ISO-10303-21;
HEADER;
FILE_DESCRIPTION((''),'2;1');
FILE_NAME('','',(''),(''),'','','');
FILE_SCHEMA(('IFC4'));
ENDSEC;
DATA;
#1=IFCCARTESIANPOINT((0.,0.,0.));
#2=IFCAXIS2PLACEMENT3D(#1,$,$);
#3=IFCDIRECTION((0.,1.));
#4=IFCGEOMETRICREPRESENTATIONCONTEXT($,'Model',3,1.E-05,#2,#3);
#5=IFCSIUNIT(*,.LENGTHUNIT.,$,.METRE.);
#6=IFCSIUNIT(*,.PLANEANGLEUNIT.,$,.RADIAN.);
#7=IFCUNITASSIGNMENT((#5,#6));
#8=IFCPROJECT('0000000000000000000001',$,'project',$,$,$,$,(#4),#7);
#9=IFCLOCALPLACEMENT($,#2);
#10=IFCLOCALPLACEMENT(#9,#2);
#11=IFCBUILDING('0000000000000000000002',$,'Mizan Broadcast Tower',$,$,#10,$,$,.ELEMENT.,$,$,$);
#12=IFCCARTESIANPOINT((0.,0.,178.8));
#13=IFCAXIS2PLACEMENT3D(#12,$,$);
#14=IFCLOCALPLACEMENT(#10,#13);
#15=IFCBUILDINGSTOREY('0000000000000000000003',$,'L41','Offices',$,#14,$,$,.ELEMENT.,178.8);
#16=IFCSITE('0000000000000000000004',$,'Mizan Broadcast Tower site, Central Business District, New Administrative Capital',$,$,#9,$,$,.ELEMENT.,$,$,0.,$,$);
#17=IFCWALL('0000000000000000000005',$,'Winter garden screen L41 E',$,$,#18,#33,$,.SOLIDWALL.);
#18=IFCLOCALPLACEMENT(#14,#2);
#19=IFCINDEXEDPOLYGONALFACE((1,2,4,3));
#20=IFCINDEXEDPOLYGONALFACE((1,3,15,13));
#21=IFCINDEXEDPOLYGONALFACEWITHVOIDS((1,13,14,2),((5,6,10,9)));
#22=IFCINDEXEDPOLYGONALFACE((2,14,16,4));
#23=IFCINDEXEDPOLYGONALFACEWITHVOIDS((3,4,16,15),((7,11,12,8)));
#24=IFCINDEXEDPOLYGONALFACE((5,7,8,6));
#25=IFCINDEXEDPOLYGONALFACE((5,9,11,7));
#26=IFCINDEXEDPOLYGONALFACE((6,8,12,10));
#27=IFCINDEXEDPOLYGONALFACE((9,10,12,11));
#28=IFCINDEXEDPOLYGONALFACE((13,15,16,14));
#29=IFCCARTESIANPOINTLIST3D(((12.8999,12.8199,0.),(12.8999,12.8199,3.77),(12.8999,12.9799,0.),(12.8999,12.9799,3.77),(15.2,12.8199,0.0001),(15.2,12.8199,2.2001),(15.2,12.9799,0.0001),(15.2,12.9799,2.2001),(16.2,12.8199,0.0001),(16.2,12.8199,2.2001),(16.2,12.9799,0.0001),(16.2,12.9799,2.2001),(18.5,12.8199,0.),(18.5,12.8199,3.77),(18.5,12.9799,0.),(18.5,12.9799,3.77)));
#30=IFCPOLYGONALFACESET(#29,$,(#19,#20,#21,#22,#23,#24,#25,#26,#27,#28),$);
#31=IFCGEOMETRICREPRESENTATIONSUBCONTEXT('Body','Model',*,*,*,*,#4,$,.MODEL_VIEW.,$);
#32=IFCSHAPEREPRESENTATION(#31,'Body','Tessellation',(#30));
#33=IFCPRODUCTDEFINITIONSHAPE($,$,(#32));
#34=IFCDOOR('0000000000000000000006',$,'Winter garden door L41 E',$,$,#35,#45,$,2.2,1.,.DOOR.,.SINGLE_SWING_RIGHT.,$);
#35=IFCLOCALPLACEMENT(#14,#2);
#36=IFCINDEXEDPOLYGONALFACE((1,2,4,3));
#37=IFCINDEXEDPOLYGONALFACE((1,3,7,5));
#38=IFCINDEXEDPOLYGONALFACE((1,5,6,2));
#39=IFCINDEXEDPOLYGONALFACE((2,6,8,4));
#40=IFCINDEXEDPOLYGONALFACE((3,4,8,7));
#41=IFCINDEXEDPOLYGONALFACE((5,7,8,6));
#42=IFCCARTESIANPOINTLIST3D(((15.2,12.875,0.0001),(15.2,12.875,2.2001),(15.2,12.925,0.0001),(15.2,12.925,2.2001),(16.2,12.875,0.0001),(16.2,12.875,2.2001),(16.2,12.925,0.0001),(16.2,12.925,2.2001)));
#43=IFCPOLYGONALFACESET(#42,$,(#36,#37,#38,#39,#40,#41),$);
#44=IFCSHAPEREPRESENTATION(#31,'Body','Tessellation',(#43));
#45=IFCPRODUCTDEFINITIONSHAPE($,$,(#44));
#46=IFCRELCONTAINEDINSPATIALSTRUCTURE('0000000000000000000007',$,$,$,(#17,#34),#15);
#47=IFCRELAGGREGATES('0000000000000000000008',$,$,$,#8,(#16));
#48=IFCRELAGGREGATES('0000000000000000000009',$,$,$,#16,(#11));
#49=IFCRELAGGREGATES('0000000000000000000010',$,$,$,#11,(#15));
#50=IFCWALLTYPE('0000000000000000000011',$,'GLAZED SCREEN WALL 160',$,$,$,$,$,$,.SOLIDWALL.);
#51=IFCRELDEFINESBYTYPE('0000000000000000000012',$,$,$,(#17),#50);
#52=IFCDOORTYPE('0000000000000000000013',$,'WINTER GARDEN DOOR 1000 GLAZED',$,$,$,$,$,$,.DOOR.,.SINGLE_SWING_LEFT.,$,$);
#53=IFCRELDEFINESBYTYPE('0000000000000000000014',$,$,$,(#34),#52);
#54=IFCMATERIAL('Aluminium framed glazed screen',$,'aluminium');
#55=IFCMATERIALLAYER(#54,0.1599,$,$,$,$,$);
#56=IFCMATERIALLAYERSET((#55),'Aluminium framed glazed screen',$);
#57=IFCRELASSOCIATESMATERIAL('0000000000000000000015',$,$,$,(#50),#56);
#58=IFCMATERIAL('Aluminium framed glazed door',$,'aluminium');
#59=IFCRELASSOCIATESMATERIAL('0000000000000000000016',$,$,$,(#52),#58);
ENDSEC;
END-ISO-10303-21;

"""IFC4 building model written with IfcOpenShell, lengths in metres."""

from ifc_helpers import new_model, si_unit, direction, frame, frame_2d, origin, place, context, subcontext, project, spatial, rectangle, extrude, material, layer, layer_set, type_object, element, fill, save


model = new_model("IFC4")

# Units and contexts
model_context = context("Model", 3, precision=1e-05, world=origin(), true_north=direction((0.0, 1.0)))
body_context = subcontext(model_context, "Body", "Model", "MODEL_VIEW")
ifc_project = project(units=[si_unit("LENGTHUNIT", "METRE"), si_unit("PLANEANGLEUNIT", "RADIAN")], contexts=[model_context])

# Site, building, storey
site_placement = place(None, origin())
site = spatial("IfcSite", under=ifc_project, at=site_placement, Name="Mizan Broadcast Tower site, Central Business District, New Administrative Capital", CompositionType="ELEMENT", RefElevation=0.0)
building_placement = place(site_placement, origin())
building = spatial("IfcBuilding", under=site, at=building_placement, Name="Mizan Broadcast Tower", CompositionType="ELEMENT")
storey_placement = place(building_placement, frame((0.0, 0.0, 178.8)))
storey = spatial("IfcBuildingStorey", under=building, at=storey_placement, Name="L41", Description="Offices", CompositionType="ELEMENT", Elevation=178.8)

# Wall, opening, door
ifc_material_1 = material(Name="Aluminium framed glazed screen", Category="aluminium")
ifc_layer_1 = layer(ifc_material_1, 0.1599)
ifc_layer_set_1 = layer_set([ifc_layer_1], Name="Aluminium framed glazed screen")
wall_type = type_object("IfcWallType", Name="GLAZED SCREEN WALL 160", PredefinedType="SOLIDWALL", material=ifc_layer_set_1)
wall_placement = place(storey_placement, frame((18.5, 12.8999, 0.0), z_axis=(0.0, 0.0, 1.0), x_axis=(-1.0, 0.0, 0.0)))
wall = element("IfcWall", 1, at=wall_placement, inside=storey, type_object=wall_type, Name="Winter garden screen L41 E", PredefinedType="SOLIDWALL", context=body_context, shape_type="SweptSolid", body=[
    extrude(rectangle(XDim=5.6001, YDim=0.1599, at=frame_2d((2.8, 0.0))), origin(), (0.0, 0.0, 1.0), 3.77),
])
opening_placement = place(wall_placement, frame((2.3, 0.0, 0.0)))
opening = element("IfcOpeningElement", 2, at=opening_placement, cuts=wall, PredefinedType="OPENING", context=body_context, shape_type="SweptSolid", body=[
    extrude(rectangle(XDim=1.0, YDim=2.2, at=frame_2d((0.5, 1.1001))), frame((0.0, 0.0898, 0.0), z_axis=(0.0, -1.0, 0.0), x_axis=(1.0, 0.0, 0.0)), (0.0, 0.0, 1.0), 0.1799),
])
ifc_material_2 = material(Name="Aluminium framed glazed door", Category="aluminium")
door_type = type_object("IfcDoorType", Name="WINTER GARDEN DOOR 1000 GLAZED", OperationType="SINGLE_SWING_LEFT", PredefinedType="DOOR", material=ifc_material_2)
door_placement = place(opening_placement, origin())
door = element("IfcDoor", 3, at=door_placement, inside=storey, type_object=door_type, Name="Winter garden door L41 E", OperationType="SINGLE_SWING_RIGHT", OverallHeight=2.2, OverallWidth=1.0, PredefinedType="DOOR", context=body_context, shape_type="SweptSolid", body=[
    extrude(rectangle(XDim=1.0, YDim=2.2, at=frame_2d((0.5, 1.1001))), frame((0.0, 0.0249, 0.0), z_axis=(0.0, -1.0, 0.0), x_axis=(1.0, 0.0, 0.0)), (0.0, 0.0, 1.0), 0.05),
])
fill(opening, door)

save(model, "model.ifc")
